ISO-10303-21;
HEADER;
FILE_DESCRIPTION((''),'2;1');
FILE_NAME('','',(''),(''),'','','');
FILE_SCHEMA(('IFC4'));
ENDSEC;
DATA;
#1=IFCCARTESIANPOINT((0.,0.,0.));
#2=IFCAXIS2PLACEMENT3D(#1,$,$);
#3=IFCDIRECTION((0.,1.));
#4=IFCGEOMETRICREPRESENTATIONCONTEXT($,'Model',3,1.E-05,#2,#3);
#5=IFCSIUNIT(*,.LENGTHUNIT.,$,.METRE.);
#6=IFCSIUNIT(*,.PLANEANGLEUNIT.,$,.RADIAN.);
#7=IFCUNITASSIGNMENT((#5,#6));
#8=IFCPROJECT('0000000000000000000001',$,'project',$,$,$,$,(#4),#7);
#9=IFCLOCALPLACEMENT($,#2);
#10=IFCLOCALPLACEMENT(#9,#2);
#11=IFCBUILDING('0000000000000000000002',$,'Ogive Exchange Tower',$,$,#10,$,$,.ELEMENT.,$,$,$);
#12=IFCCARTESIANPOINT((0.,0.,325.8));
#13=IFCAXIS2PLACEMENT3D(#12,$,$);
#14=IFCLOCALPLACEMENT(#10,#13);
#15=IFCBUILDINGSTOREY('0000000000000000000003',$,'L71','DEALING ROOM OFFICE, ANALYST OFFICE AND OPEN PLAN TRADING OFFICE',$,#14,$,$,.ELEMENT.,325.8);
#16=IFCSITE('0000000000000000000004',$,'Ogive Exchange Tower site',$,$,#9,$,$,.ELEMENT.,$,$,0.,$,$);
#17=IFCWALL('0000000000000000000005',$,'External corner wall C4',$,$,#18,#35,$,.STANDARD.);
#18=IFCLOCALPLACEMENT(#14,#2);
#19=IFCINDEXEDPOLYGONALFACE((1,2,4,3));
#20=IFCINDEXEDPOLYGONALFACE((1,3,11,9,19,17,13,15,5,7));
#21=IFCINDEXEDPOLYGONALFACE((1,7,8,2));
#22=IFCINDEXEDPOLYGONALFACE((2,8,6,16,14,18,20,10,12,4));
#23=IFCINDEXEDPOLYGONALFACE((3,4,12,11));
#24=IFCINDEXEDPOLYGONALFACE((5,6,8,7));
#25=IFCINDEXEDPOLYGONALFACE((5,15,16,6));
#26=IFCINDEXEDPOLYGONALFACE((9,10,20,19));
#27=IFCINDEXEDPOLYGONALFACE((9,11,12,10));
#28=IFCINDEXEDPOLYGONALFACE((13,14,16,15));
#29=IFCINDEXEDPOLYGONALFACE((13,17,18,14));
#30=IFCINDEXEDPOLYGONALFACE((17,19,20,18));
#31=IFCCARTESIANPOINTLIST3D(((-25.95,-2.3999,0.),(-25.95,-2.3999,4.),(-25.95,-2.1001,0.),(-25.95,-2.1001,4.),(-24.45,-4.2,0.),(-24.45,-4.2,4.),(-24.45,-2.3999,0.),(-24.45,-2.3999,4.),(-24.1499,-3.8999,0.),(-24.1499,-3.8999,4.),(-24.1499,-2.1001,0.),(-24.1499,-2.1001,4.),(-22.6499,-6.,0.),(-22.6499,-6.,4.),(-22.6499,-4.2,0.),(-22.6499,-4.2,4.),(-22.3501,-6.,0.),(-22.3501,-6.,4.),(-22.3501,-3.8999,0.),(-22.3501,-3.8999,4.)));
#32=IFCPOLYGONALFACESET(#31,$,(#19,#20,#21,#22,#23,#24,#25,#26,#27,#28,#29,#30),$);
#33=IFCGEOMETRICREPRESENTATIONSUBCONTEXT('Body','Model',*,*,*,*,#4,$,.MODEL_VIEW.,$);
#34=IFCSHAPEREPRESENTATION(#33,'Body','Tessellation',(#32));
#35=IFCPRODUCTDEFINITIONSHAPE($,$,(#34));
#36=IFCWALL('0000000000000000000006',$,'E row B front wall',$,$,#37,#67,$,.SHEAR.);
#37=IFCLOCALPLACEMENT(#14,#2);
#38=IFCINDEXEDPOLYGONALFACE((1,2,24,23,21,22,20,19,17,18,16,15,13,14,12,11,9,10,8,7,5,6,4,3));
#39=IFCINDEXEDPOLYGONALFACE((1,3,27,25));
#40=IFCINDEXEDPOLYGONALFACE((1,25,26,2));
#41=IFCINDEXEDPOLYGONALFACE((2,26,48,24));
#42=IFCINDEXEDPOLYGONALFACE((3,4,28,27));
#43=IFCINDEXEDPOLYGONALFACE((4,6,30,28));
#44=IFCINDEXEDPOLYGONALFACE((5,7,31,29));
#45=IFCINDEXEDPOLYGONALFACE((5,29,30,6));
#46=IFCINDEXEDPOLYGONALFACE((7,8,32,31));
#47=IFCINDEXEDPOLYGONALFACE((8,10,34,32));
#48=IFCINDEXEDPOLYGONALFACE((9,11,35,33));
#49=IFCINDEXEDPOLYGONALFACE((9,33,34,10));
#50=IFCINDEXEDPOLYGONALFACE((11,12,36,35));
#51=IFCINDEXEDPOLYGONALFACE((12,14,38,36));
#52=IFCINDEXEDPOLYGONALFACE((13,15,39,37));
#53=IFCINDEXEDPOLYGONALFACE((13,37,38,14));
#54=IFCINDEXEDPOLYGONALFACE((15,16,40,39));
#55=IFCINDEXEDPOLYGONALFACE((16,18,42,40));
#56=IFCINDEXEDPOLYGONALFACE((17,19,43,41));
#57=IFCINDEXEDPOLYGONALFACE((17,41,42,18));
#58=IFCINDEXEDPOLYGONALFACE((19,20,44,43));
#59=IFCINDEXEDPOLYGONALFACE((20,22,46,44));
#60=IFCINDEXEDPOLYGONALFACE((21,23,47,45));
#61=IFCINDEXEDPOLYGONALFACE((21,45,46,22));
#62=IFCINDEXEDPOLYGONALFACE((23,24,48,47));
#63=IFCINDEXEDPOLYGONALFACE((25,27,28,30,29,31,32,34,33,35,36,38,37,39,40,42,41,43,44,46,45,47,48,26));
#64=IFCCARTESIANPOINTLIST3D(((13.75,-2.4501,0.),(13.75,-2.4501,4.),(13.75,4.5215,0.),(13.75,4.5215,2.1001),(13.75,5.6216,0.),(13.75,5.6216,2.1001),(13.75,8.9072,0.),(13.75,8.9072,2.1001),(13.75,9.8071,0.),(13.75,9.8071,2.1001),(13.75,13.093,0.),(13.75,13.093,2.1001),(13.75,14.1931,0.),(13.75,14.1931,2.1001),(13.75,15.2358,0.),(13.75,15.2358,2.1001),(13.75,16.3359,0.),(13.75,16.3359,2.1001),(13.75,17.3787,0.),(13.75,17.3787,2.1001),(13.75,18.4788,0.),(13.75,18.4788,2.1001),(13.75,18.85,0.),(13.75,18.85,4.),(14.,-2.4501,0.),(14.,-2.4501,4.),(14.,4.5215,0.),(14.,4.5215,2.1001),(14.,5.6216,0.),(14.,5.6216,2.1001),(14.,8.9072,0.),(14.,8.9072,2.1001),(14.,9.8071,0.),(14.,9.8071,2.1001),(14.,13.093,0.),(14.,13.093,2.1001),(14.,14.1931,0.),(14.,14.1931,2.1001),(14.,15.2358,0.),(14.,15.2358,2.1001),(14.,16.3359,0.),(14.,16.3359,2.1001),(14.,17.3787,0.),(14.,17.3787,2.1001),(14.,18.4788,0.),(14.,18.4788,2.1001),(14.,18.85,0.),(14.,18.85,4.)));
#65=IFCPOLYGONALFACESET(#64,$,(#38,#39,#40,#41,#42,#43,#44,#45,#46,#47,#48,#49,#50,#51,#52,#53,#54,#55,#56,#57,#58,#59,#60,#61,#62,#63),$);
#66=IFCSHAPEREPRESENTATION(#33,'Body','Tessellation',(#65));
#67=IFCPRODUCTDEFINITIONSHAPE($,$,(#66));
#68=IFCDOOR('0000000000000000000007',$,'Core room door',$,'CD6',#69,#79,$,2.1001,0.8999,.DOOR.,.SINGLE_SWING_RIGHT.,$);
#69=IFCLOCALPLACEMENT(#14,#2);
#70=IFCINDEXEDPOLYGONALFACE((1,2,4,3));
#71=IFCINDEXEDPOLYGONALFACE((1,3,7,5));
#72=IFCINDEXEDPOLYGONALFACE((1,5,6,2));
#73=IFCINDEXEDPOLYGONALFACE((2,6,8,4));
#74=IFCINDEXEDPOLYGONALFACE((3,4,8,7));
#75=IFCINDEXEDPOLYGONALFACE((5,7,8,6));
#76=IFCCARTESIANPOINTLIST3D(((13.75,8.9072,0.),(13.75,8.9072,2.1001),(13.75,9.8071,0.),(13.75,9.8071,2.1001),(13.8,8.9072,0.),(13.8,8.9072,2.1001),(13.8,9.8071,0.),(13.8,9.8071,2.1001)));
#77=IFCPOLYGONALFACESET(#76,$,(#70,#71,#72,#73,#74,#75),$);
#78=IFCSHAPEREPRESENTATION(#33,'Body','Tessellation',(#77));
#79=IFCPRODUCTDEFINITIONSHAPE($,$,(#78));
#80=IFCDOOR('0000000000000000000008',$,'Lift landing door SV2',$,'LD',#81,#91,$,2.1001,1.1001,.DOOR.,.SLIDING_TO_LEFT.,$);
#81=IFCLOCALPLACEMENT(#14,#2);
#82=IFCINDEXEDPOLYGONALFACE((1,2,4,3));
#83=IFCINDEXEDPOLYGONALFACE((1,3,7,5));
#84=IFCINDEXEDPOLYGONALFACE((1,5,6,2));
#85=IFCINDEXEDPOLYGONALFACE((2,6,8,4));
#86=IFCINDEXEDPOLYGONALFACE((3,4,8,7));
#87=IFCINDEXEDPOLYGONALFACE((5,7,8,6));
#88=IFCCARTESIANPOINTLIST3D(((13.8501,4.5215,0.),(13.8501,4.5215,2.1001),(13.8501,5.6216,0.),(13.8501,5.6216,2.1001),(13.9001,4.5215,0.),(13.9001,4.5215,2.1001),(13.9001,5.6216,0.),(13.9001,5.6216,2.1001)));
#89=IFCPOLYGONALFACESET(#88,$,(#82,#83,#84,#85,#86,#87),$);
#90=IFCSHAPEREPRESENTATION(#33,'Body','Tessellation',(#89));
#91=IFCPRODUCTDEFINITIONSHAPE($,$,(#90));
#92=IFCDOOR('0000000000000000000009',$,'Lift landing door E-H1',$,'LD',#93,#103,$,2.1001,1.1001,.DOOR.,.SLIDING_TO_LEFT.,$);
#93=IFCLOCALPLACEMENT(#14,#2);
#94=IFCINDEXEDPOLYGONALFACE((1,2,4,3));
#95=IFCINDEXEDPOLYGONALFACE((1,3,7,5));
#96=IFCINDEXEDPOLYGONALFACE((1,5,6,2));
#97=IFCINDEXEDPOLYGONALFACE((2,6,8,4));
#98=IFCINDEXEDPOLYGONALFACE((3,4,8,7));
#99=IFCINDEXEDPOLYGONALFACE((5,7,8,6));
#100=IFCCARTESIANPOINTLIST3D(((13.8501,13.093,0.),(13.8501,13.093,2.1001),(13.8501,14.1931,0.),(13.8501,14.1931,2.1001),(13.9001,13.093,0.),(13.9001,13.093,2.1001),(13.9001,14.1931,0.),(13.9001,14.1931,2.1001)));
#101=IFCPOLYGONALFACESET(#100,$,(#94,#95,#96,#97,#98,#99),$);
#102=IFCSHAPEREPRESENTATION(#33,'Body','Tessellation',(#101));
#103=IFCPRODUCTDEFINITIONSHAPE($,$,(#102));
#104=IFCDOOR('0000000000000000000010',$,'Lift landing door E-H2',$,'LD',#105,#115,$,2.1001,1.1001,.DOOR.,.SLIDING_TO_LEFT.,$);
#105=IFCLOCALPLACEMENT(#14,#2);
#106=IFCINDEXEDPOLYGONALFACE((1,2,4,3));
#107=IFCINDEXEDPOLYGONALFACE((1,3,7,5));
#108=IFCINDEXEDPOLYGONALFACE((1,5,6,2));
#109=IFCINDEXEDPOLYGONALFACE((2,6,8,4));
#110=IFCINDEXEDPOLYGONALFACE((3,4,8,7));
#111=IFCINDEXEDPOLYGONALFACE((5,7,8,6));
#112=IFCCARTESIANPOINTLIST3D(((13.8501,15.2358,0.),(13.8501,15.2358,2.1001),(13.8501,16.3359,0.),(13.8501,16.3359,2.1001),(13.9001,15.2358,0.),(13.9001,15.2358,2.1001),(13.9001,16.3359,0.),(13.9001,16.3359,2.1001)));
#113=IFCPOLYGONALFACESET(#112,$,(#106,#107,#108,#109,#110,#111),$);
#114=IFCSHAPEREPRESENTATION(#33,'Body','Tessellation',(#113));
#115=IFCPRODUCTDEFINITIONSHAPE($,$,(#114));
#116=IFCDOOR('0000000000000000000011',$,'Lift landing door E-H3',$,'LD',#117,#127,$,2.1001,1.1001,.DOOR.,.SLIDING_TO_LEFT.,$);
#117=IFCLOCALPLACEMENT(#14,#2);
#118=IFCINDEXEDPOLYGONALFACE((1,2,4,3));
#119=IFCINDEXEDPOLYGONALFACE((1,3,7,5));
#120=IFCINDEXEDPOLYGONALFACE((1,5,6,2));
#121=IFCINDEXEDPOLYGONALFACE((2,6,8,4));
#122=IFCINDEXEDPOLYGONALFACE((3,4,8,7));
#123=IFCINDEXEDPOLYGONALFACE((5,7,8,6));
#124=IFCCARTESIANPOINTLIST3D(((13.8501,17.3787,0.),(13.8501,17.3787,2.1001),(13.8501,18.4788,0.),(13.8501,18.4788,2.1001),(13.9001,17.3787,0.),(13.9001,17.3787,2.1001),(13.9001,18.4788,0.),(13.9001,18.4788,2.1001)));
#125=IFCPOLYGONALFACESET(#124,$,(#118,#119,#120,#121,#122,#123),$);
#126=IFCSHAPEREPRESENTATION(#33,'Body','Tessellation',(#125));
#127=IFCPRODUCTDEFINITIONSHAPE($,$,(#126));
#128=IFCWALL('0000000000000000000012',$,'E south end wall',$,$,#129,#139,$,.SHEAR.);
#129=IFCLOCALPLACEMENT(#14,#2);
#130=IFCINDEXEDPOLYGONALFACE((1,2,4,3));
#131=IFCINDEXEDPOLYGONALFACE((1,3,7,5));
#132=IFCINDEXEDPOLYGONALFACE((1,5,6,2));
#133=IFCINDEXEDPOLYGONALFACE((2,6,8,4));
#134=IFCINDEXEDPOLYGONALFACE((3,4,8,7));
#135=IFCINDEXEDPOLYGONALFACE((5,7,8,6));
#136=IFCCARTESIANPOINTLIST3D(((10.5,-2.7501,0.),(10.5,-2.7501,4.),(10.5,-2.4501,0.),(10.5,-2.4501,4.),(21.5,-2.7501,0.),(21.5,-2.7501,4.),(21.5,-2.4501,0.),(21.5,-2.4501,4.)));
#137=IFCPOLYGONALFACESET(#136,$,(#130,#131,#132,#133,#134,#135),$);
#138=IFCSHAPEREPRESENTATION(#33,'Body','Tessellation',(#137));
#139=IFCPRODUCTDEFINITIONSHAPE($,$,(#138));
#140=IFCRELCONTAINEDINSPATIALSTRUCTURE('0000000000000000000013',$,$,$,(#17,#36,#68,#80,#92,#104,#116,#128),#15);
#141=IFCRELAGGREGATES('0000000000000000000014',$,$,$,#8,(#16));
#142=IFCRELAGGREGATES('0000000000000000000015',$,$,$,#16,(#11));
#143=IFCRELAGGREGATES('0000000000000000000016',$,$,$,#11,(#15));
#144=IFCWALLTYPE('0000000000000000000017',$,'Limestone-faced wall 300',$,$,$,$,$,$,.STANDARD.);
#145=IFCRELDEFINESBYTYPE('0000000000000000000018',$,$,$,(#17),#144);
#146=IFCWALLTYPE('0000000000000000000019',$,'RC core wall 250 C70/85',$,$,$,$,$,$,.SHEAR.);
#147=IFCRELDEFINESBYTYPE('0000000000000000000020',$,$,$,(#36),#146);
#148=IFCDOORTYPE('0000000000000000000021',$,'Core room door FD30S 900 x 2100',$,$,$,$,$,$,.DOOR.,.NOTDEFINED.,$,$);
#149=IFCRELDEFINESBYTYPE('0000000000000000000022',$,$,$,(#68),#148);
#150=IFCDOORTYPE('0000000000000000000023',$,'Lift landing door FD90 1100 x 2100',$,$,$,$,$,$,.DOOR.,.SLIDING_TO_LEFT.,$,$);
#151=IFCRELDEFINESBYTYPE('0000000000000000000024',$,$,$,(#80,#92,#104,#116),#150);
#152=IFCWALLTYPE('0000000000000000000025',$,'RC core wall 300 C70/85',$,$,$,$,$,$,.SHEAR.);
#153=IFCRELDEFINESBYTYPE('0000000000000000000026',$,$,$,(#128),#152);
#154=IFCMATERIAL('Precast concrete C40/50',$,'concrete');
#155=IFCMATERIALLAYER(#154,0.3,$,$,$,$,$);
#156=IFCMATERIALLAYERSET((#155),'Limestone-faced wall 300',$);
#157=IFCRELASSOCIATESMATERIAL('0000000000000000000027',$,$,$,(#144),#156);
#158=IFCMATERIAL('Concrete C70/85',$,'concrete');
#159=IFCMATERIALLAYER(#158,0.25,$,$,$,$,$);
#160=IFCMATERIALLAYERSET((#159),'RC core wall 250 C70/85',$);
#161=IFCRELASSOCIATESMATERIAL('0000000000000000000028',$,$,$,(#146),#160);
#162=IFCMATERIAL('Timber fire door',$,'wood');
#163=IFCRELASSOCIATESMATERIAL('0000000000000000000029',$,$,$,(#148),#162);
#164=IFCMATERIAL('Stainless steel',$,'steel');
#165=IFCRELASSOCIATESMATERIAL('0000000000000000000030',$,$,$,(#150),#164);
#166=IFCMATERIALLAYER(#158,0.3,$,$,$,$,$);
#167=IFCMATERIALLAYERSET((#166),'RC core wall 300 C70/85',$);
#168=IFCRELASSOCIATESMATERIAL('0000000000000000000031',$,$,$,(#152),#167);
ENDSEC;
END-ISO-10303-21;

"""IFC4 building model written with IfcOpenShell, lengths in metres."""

from ifc_helpers import new_model, si_unit, direction, frame, frame_2d, origin, place, context, subcontext, project, spatial, polyline, rectangle, outline, extrude, material, layer, layer_set, type_object, element, fill, save


model = new_model("IFC4")

# Units and contexts
model_context = context("Model", 3, precision=1e-05, world=origin(), true_north=direction((0.0, 1.0)))
body_context = subcontext(model_context, "Body", "Model", "MODEL_VIEW")
ifc_project = project(units=[si_unit("LENGTHUNIT", "METRE"), si_unit("PLANEANGLEUNIT", "RADIAN")], contexts=[model_context])

# Site, building, storey
site_placement = place(None, origin())
site = spatial("IfcSite", under=ifc_project, at=site_placement, Name="Ogive Exchange Tower site", CompositionType="ELEMENT", RefElevation=0.0)
building_placement = place(site_placement, origin())
building = spatial("IfcBuilding", under=site, at=building_placement, Name="Ogive Exchange Tower", CompositionType="ELEMENT")
storey_placement = place(building_placement, frame((0.0, 0.0, 325.8)))
storey = spatial("IfcBuildingStorey", under=building, at=storey_placement, Name="L71", Description="DEALING ROOM OFFICE, ANALYST OFFICE AND OPEN PLAN TRADING OFFICE", CompositionType="ELEMENT", Elevation=325.8)

# Shared definitions
ifc_material_1 = material(Name="Concrete C70/85", Category="concrete")

# Wall
ifc_material_2 = material(Name="Precast concrete C40/50", Category="concrete")
ifc_layer_1 = layer(ifc_material_2, 0.3)
ifc_layer_set_1 = layer_set([ifc_layer_1], Name="Limestone-faced wall 300")
wall_type_1 = type_object("IfcWallType", Name="Limestone-faced wall 300", PredefinedType="STANDARD", material=ifc_layer_set_1)
wall_1_placement = place(storey_placement, origin())
element("IfcWall", 1, at=wall_1_placement, inside=storey, type_object=wall_type_1, Name="External corner wall C4", PredefinedType="STANDARD", context=body_context, shape_type="SweptSolid", body=[
    extrude(outline(polyline([(-22.6499, -4.2), (-24.45, -4.2), (-24.45, -2.3999), (-25.95, -2.3999), (-25.95, -2.1001), (-24.1499, -2.1001), (-24.1499, -3.8999), (-22.3501, -3.8999), (-22.3501, -6.0), (-22.6499, -6.0), (-22.6499, -4.2)])), origin(), (0.0, 0.0, 1.0), 4.0),
])

# Wall, openings, doors
ifc_layer_2 = layer(ifc_material_1, 0.25)
ifc_layer_set_2 = layer_set([ifc_layer_2], Name="RC core wall 250 C70/85")
wall_type_2 = type_object("IfcWallType", Name="RC core wall 250 C70/85", PredefinedType="SHEAR", material=ifc_layer_set_2)
wall_2_placement = place(storey_placement, frame((13.875, -2.45, 0.0), z_axis=(0.0, 0.0, 1.0), x_axis=(0.0, 1.0, 0.0)))
wall_2 = element("IfcWall", 2, at=wall_2_placement, inside=storey, type_object=wall_type_2, Name="E row B front wall", PredefinedType="SHEAR", context=body_context, shape_type="SweptSolid", body=[
    extrude(rectangle(XDim=21.3, YDim=0.25, at=frame_2d((10.6499, 0.0))), origin(), (0.0, 0.0, 1.0), 4.0),
])
opening_1_placement = place(wall_2_placement, frame((11.3572, 0.0, 0.0)))
opening_1 = element("IfcOpeningElement", 3, at=opening_1_placement, cuts=wall_2, PredefinedType="OPENING", context=body_context, shape_type="SweptSolid", body=[
    extrude(rectangle(XDim=0.8999, YDim=2.1001, at=frame_2d((0.45, 1.05))), frame((0.0, 0.135, 0.0), z_axis=(0.0, -1.0, 0.0), x_axis=(1.0, 0.0, 0.0)), (0.0, 0.0, 1.0), 0.27),
])
opening_2_placement = place(wall_2_placement, frame((6.9714, 0.0, 0.0)))
opening_2 = element("IfcOpeningElement", 4, at=opening_2_placement, cuts=wall_2, PredefinedType="OPENING", context=body_context, shape_type="SweptSolid", body=[
    extrude(rectangle(XDim=1.1001, YDim=2.1001, at=frame_2d((0.55, 1.05))), frame((0.0, 0.135, 0.0), z_axis=(0.0, -1.0, 0.0), x_axis=(1.0, 0.0, 0.0)), (0.0, 0.0, 1.0), 0.27),
])
opening_3_placement = place(wall_2_placement, frame((15.543, 0.0, 0.0)))
opening_3 = element("IfcOpeningElement", 5, at=opening_3_placement, cuts=wall_2, PredefinedType="OPENING", context=body_context, shape_type="SweptSolid", body=[
    extrude(rectangle(XDim=1.1001, YDim=2.1001, at=frame_2d((0.55, 1.05))), frame((0.0, 0.135, 0.0), z_axis=(0.0, -1.0, 0.0), x_axis=(1.0, 0.0, 0.0)), (0.0, 0.0, 1.0), 0.27),
])
opening_4_placement = place(wall_2_placement, frame((17.6858, 0.0, 0.0)))
opening_4 = element("IfcOpeningElement", 6, at=opening_4_placement, cuts=wall_2, PredefinedType="OPENING", context=body_context, shape_type="SweptSolid", body=[
    extrude(rectangle(XDim=1.1001, YDim=2.1001, at=frame_2d((0.55, 1.05))), frame((0.0, 0.135, 0.0), z_axis=(0.0, -1.0, 0.0), x_axis=(1.0, 0.0, 0.0)), (0.0, 0.0, 1.0), 0.27),
])
opening_5_placement = place(wall_2_placement, frame((19.8286, 0.0, 0.0)))
opening_5 = element("IfcOpeningElement", 7, at=opening_5_placement, cuts=wall_2, PredefinedType="OPENING", context=body_context, shape_type="SweptSolid", body=[
    extrude(rectangle(XDim=1.1001, YDim=2.1001, at=frame_2d((0.55, 1.05))), frame((0.0, 0.135, 0.0), z_axis=(0.0, -1.0, 0.0), x_axis=(1.0, 0.0, 0.0)), (0.0, 0.0, 1.0), 0.27),
])
ifc_material_3 = material(Name="Timber fire door", Category="wood")
door_type_1 = type_object("IfcDoorType", Name="Core room door FD30S 900 x 2100", OperationType="NOTDEFINED", PredefinedType="DOOR", material=ifc_material_3)
door_1_placement = place(opening_1_placement, origin())
door_1 = element("IfcDoor", 8, at=door_1_placement, inside=storey, type_object=door_type_1, Name="Core room door", ObjectType="CD6", OperationType="SINGLE_SWING_RIGHT", OverallHeight=2.1001, OverallWidth=0.8999, PredefinedType="DOOR", context=body_context, shape_type="SweptSolid", body=[
    extrude(rectangle(XDim=0.8999, YDim=2.1001, at=frame_2d((0.45, 1.05))), frame((0.0, 0.125, 0.0), z_axis=(0.0, -1.0, 0.0), x_axis=(1.0, 0.0, 0.0)), (0.0, 0.0, 1.0), 0.05),
])
fill(opening_1, door_1)
ifc_material_4 = material(Name="Stainless steel", Category="steel")
door_type_2 = type_object("IfcDoorType", Name="Lift landing door FD90 1100 x 2100", OperationType="SLIDING_TO_LEFT", PredefinedType="DOOR", material=ifc_material_4)
door_2_placement = place(opening_2_placement, origin())
door_2 = element("IfcDoor", 9, at=door_2_placement, inside=storey, type_object=door_type_2, Name="Lift landing door SV2", ObjectType="LD", OperationType="SLIDING_TO_LEFT", OverallHeight=2.1001, OverallWidth=1.1001, PredefinedType="DOOR", context=body_context, shape_type="SweptSolid", body=[
    extrude(rectangle(XDim=1.1001, YDim=2.1001, at=frame_2d((0.55, 1.05))), frame((0.0, 0.0249, 0.0), z_axis=(0.0, -1.0, 0.0), x_axis=(1.0, 0.0, 0.0)), (0.0, 0.0, 1.0), 0.05),
])
fill(opening_2, door_2)
door_3_placement = place(opening_3_placement, origin())
door_3 = element("IfcDoor", 10, at=door_3_placement, inside=storey, type_object=door_type_2, Name="Lift landing door E-H1", ObjectType="LD", OperationType="SLIDING_TO_LEFT", OverallHeight=2.1001, OverallWidth=1.1001, PredefinedType="DOOR", context=body_context, shape_type="SweptSolid", body=[
    extrude(rectangle(XDim=1.1001, YDim=2.1001, at=frame_2d((0.55, 1.05))), frame((0.0, 0.0249, 0.0), z_axis=(0.0, -1.0, 0.0), x_axis=(1.0, 0.0, 0.0)), (0.0, 0.0, 1.0), 0.05),
])
fill(opening_3, door_3)
door_4_placement = place(opening_4_placement, origin())
door_4 = element("IfcDoor", 11, at=door_4_placement, inside=storey, type_object=door_type_2, Name="Lift landing door E-H2", ObjectType="LD", OperationType="SLIDING_TO_LEFT", OverallHeight=2.1001, OverallWidth=1.1001, PredefinedType="DOOR", context=body_context, shape_type="SweptSolid", body=[
    extrude(rectangle(XDim=1.1001, YDim=2.1001, at=frame_2d((0.55, 1.05))), frame((0.0, 0.0249, 0.0), z_axis=(0.0, -1.0, 0.0), x_axis=(1.0, 0.0, 0.0)), (0.0, 0.0, 1.0), 0.05),
])
fill(opening_4, door_4)
door_5_placement = place(opening_5_placement, origin())
door_5 = element("IfcDoor", 12, at=door_5_placement, inside=storey, type_object=door_type_2, Name="Lift landing door E-H3", ObjectType="LD", OperationType="SLIDING_TO_LEFT", OverallHeight=2.1001, OverallWidth=1.1001, PredefinedType="DOOR", context=body_context, shape_type="SweptSolid", body=[
    extrude(rectangle(XDim=1.1001, YDim=2.1001, at=frame_2d((0.55, 1.05))), frame((0.0, 0.0249, 0.0), z_axis=(0.0, -1.0, 0.0), x_axis=(1.0, 0.0, 0.0)), (0.0, 0.0, 1.0), 0.05),
])
fill(opening_5, door_5)

# Wall
ifc_layer_3 = layer(ifc_material_1, 0.3)
ifc_layer_set_3 = layer_set([ifc_layer_3], Name="RC core wall 300 C70/85")
wall_type_3 = type_object("IfcWallType", Name="RC core wall 300 C70/85", PredefinedType="SHEAR", material=ifc_layer_set_3)
wall_3_placement = place(storey_placement, frame((10.5, -2.6001, 0.0), z_axis=(0.0, 0.0, 1.0), x_axis=(1.0, 0.0, 0.0)))
element("IfcWall", 13, at=wall_3_placement, inside=storey, type_object=wall_type_3, Name="E south end wall", PredefinedType="SHEAR", context=body_context, shape_type="SweptSolid", body=[
    extrude(rectangle(XDim=11.0, YDim=0.3, at=frame_2d((5.5, 0.0))), origin(), (0.0, 0.0, 1.0), 4.0),
])

save(model, "model.ifc")
